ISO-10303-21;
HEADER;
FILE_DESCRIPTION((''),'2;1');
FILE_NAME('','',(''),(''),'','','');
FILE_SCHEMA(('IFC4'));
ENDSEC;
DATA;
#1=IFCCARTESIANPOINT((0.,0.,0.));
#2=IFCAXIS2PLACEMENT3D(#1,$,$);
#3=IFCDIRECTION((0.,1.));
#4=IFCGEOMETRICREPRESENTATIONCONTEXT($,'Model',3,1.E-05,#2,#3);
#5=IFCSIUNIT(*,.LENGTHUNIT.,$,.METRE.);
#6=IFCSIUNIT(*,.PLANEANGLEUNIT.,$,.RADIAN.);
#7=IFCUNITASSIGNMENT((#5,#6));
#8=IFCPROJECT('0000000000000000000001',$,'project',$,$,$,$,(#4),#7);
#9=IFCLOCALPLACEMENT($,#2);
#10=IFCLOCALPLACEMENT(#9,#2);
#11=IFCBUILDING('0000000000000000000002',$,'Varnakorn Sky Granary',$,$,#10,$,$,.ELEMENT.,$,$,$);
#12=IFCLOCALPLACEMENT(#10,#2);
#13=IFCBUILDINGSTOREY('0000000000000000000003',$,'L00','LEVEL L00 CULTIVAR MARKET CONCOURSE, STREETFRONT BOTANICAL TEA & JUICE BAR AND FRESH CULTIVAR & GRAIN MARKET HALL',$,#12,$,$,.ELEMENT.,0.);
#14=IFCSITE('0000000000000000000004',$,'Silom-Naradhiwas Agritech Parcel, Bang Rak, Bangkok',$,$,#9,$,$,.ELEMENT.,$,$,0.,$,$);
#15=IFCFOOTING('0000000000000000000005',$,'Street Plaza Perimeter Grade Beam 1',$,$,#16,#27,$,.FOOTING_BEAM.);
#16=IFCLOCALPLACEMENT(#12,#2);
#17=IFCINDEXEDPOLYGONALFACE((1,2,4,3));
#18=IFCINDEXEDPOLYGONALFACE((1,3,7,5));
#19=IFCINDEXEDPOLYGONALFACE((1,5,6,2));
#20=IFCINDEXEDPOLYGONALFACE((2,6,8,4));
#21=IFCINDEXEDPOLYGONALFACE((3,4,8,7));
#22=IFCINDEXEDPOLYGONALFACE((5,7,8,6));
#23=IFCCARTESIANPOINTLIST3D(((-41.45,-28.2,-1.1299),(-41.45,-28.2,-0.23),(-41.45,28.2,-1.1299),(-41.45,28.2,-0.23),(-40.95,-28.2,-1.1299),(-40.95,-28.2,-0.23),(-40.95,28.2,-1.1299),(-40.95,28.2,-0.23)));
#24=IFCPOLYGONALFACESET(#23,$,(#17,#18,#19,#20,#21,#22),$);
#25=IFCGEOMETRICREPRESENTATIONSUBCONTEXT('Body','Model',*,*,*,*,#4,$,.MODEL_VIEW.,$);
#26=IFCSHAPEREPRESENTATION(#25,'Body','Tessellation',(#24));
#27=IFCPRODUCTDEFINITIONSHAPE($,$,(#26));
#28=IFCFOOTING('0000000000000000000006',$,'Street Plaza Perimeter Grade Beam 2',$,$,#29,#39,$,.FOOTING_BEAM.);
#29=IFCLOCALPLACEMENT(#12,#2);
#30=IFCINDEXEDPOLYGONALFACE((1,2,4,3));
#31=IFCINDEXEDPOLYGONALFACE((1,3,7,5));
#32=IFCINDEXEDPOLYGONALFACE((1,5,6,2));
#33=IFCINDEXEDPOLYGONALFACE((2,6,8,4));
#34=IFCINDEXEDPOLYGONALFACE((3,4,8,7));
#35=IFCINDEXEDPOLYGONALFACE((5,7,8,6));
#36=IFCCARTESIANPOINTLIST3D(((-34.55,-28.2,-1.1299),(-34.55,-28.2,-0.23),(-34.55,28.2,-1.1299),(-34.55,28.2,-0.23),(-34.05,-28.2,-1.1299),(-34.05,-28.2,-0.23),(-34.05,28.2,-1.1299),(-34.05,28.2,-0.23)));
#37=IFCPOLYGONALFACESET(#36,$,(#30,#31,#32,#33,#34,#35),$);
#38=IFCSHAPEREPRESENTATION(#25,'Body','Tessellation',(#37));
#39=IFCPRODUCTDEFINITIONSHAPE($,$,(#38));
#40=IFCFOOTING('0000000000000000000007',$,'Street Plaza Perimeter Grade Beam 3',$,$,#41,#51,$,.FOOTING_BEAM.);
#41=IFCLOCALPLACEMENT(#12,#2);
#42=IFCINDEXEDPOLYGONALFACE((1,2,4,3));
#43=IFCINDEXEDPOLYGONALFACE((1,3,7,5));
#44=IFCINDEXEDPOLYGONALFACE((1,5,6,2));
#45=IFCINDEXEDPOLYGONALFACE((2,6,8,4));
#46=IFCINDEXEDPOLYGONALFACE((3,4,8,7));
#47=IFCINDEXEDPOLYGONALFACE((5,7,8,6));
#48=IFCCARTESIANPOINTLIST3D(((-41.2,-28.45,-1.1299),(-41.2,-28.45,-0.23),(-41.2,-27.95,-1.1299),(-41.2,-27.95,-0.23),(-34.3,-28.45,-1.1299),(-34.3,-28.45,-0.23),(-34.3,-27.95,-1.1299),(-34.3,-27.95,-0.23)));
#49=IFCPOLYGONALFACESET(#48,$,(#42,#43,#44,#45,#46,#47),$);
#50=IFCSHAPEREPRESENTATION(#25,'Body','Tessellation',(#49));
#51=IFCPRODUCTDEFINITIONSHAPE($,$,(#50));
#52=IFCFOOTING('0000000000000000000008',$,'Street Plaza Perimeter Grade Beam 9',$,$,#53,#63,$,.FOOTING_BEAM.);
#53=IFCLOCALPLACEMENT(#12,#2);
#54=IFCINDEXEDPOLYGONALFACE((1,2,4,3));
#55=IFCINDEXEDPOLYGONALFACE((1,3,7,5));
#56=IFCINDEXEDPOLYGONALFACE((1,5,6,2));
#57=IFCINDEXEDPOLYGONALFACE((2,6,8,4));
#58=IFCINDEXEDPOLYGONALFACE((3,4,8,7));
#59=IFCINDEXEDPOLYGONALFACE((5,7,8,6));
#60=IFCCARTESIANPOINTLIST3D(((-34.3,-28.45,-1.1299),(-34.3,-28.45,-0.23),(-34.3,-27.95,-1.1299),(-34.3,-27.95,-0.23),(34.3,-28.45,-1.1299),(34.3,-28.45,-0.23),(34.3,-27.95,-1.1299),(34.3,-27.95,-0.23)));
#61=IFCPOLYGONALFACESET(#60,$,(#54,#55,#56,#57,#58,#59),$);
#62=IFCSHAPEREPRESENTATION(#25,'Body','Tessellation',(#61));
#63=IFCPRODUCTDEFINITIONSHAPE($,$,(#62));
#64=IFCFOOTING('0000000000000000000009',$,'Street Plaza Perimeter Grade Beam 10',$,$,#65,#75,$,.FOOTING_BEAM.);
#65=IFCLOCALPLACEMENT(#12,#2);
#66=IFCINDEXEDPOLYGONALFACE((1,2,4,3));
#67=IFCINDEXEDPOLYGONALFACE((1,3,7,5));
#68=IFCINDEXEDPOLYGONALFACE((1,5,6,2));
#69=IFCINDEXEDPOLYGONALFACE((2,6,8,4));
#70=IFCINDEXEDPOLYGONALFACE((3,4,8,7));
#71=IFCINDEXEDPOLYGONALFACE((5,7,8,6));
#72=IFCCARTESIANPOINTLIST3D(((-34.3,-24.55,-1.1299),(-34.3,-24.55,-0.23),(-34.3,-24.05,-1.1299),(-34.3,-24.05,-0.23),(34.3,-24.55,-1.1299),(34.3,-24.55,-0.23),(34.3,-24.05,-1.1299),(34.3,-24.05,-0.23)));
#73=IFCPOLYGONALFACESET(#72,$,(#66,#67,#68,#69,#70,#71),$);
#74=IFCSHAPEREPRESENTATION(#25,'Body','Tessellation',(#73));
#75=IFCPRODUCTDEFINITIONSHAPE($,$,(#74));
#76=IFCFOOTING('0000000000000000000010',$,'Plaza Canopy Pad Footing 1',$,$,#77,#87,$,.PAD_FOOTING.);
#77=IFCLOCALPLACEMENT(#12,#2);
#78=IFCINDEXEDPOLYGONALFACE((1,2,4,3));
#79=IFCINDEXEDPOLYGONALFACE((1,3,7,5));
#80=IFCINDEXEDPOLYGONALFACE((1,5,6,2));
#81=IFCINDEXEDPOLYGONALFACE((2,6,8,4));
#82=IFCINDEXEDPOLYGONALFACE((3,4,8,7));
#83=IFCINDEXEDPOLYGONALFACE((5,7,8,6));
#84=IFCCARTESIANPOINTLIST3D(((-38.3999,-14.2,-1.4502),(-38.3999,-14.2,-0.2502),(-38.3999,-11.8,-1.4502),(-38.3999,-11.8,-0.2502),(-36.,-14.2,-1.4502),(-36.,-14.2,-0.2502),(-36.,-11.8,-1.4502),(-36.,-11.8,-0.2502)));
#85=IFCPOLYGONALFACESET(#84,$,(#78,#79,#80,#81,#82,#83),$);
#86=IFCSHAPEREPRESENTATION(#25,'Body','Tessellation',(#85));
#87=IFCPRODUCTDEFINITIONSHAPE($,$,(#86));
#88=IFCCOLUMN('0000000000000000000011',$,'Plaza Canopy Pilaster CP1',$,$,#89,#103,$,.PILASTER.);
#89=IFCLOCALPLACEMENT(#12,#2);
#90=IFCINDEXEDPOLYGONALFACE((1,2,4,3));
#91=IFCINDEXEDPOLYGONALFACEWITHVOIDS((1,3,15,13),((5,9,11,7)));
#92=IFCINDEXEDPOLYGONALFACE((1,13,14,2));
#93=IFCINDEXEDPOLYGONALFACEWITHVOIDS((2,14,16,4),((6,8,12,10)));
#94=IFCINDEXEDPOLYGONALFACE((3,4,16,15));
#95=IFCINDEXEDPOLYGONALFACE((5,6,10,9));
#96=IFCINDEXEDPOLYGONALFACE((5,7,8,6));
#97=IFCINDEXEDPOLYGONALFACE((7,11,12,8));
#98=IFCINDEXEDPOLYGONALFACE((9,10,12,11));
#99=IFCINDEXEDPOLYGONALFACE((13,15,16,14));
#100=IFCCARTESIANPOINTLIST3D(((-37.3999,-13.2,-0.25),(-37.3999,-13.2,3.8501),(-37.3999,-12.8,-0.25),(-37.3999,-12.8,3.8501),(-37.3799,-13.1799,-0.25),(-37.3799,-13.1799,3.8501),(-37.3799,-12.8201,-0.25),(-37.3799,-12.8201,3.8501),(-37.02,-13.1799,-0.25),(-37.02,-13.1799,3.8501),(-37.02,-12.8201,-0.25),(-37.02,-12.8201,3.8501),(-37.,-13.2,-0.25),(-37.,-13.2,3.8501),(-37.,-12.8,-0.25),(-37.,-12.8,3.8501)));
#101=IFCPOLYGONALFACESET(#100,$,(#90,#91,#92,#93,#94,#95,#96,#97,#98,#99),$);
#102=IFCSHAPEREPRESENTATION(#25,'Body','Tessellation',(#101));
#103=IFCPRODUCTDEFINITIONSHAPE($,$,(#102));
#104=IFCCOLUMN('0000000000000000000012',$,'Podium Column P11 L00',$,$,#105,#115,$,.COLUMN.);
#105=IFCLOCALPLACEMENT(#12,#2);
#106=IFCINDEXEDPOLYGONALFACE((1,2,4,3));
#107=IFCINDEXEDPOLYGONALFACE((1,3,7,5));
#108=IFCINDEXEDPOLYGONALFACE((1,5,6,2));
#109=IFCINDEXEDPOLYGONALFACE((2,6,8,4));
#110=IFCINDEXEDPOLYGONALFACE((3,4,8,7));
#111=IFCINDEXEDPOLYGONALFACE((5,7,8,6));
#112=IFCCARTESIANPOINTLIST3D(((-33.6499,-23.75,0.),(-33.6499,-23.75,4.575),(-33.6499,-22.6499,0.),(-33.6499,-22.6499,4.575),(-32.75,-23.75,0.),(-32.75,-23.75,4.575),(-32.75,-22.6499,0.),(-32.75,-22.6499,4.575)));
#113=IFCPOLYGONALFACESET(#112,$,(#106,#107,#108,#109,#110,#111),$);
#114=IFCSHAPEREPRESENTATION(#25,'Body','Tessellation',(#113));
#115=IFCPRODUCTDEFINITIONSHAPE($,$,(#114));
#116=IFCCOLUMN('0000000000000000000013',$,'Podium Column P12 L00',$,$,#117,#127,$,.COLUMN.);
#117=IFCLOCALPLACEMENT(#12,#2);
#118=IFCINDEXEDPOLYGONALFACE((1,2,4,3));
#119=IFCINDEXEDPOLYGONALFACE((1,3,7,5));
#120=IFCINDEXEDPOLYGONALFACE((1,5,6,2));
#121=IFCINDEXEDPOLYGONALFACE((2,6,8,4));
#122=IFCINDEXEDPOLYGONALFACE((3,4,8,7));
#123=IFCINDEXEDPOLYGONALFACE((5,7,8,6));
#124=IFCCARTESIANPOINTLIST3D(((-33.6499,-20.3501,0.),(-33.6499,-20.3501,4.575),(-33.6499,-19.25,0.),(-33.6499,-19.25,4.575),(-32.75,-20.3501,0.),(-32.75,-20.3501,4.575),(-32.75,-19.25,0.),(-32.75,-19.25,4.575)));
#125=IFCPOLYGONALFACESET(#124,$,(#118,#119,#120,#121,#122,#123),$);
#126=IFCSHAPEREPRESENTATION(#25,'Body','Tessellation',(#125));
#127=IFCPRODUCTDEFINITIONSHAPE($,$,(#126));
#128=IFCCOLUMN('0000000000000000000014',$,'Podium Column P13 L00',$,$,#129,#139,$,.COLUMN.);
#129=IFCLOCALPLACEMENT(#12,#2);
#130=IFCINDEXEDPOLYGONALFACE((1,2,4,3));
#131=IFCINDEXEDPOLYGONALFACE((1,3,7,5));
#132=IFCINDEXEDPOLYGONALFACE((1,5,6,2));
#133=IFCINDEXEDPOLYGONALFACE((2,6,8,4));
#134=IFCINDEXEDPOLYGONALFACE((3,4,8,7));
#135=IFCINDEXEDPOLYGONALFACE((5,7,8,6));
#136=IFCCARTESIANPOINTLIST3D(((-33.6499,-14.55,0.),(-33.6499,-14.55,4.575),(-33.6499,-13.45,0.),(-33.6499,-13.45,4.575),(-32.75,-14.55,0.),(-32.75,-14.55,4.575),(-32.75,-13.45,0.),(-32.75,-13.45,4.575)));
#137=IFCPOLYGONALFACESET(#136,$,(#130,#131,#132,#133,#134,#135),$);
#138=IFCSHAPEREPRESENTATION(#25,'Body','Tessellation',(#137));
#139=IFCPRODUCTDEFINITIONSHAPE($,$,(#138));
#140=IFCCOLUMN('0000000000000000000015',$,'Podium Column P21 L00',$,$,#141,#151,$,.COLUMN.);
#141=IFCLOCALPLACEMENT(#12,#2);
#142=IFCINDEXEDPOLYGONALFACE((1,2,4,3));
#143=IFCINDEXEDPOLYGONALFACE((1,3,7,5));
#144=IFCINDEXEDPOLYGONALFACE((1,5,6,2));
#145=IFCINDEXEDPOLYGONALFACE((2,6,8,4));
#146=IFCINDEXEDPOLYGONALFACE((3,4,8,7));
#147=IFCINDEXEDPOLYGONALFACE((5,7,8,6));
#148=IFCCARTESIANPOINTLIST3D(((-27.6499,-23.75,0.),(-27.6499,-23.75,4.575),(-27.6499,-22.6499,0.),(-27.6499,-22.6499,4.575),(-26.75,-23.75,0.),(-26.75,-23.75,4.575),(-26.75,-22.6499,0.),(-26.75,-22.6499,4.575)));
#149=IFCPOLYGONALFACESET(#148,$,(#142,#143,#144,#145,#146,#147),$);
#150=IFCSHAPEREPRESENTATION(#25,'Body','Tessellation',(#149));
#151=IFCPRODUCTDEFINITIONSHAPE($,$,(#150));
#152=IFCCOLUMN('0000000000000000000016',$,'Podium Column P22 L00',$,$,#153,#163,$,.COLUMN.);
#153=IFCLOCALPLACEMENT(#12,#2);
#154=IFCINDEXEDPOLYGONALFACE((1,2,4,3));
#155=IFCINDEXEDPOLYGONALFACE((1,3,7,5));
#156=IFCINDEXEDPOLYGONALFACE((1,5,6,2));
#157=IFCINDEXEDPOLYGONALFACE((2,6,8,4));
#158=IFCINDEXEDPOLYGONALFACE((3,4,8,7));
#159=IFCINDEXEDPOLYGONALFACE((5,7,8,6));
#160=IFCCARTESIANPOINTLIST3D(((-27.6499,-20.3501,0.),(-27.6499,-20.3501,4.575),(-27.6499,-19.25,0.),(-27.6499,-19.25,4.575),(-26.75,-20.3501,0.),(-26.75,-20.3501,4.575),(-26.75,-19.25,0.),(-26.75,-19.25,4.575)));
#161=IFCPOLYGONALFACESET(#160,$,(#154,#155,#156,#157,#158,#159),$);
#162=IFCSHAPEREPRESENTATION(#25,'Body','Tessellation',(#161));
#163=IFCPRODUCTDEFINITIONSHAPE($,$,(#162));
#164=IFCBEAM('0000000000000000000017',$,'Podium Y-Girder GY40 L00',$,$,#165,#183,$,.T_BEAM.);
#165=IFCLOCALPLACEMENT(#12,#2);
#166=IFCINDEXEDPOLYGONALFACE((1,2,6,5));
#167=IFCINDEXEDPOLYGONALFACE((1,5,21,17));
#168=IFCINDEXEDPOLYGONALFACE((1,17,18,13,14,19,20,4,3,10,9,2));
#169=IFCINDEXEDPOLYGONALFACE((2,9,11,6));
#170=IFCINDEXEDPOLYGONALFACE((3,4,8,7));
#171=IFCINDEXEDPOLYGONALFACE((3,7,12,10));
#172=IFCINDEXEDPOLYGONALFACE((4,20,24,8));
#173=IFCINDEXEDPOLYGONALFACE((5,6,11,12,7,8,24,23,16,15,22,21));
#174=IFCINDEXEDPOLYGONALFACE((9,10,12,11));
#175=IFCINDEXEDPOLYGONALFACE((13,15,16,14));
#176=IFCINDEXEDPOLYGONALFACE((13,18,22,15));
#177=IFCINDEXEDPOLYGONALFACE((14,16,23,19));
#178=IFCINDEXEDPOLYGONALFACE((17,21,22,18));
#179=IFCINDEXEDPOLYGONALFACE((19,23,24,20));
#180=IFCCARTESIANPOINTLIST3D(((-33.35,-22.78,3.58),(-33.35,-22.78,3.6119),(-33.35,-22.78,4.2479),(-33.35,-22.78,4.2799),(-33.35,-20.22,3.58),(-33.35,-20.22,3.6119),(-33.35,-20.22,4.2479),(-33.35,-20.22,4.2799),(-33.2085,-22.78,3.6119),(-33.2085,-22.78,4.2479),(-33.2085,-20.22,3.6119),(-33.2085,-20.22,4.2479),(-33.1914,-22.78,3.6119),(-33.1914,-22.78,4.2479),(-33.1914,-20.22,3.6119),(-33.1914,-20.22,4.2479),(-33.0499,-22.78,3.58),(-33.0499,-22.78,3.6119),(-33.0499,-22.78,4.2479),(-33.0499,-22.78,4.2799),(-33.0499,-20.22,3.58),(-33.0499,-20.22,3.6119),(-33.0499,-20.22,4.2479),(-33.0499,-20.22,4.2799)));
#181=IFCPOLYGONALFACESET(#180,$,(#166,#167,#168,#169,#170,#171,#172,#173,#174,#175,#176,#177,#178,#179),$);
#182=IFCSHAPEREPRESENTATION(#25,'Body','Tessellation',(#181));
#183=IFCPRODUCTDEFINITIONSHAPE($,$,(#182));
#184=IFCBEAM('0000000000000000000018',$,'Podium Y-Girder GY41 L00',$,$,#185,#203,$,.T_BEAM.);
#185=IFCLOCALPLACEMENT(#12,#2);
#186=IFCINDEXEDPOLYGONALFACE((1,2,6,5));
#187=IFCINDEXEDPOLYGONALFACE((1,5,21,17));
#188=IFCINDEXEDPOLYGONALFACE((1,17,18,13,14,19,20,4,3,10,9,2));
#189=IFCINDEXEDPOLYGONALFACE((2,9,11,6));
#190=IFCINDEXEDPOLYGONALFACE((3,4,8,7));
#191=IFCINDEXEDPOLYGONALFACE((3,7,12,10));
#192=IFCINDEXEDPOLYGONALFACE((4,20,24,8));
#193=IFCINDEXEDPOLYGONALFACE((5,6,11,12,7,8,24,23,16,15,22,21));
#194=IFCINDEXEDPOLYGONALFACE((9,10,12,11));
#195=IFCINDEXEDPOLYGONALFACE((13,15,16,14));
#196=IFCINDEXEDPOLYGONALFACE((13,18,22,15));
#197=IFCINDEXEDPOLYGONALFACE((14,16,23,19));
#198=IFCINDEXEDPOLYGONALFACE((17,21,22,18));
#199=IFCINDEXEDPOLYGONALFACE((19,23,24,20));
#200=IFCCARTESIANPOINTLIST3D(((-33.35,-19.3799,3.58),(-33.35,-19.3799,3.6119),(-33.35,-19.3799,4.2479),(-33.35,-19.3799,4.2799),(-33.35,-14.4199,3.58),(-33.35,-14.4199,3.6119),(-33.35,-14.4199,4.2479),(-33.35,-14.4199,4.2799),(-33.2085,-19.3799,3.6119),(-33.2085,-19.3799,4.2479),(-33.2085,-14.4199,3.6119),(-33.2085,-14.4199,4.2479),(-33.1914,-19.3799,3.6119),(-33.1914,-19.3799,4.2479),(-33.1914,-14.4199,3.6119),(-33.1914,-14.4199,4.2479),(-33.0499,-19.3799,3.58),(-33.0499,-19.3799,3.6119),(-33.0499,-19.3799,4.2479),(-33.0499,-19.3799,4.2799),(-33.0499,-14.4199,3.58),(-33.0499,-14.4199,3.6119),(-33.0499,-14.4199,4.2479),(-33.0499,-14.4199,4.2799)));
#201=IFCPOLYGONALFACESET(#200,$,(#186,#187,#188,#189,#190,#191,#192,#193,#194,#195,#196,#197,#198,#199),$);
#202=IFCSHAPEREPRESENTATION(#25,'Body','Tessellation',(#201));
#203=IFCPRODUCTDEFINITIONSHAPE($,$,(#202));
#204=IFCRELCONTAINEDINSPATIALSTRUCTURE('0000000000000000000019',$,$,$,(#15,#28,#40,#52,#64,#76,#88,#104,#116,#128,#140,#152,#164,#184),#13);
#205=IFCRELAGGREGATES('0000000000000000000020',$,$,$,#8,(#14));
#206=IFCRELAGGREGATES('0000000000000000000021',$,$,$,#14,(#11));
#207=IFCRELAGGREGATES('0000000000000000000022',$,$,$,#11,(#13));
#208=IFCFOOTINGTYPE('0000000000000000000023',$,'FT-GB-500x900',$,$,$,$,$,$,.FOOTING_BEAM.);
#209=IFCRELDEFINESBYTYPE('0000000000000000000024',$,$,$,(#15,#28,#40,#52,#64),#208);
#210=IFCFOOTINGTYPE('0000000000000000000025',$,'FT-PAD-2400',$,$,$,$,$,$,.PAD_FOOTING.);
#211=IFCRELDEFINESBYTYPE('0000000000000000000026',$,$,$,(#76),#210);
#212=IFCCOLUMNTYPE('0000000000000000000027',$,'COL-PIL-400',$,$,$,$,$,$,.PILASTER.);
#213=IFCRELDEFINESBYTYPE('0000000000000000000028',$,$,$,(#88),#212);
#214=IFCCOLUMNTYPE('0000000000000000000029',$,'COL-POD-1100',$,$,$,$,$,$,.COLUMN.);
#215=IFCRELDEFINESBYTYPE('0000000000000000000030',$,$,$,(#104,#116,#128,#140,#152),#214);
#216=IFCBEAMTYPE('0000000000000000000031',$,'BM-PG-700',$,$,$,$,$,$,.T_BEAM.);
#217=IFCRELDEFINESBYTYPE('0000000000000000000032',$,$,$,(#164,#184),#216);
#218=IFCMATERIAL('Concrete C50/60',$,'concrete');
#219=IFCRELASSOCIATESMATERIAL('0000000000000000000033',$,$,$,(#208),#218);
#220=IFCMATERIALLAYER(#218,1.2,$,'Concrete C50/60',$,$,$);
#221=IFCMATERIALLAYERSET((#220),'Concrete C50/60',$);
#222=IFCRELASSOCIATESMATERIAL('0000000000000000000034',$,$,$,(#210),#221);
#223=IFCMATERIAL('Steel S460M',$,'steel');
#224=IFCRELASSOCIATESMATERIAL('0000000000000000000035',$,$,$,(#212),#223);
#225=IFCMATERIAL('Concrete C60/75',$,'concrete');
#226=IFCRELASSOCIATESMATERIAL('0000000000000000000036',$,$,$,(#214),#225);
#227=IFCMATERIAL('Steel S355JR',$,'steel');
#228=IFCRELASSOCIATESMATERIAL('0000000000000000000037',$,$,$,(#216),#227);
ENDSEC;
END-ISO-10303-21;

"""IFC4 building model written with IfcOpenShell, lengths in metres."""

from ifc_helpers import new_model, si_unit, direction, frame, origin, origin_2d, place, context, subcontext, project, spatial, rectangle, hollow_rectangle, i_section, extrude, material, layer, layer_set, material_profile, profile_set, type_object, element, save


model = new_model("IFC4")

# Units and contexts
model_context = context("Model", 3, precision=1e-05, world=origin(), true_north=direction((0.0, 1.0)))
body_context = subcontext(model_context, "Body", "Model", "MODEL_VIEW")
ifc_project = project(units=[si_unit("LENGTHUNIT", "METRE"), si_unit("PLANEANGLEUNIT", "RADIAN")], contexts=[model_context])

# Site, building, storey
site_placement = place(None, origin())
site = spatial("IfcSite", under=ifc_project, at=site_placement, Name="Silom-Naradhiwas Agritech Parcel, Bang Rak, Bangkok", CompositionType="ELEMENT", RefElevation=0.0)
building_placement = place(site_placement, origin())
building = spatial("IfcBuilding", under=site, at=building_placement, Name="Varnakorn Sky Granary", CompositionType="ELEMENT")
storey_placement = place(building_placement, origin())
storey = spatial("IfcBuildingStorey", under=building, at=storey_placement, Name="L00", Description="LEVEL L00 CULTIVAR MARKET CONCOURSE, STREETFRONT BOTANICAL TEA & JUICE BAR AND FRESH CULTIVAR & GRAIN MARKET HALL", CompositionType="ELEMENT", Elevation=0.0)

# Footings
ifc_material_1 = material(Name="Concrete C50/60", Category="concrete")
ifc_material_profile_1 = material_profile(ifc_material_1, rectangle(XDim=0.5, YDim=0.8999, at=origin_2d()), Name="RC 500x900")
ifc_profile_set_1 = profile_set([ifc_material_profile_1], Name="Concrete C50/60")
footing_type_1 = type_object("IfcFootingType", Name="FT-GB-500x900", PredefinedType="FOOTING_BEAM", material=ifc_profile_set_1)
for number, where, z_axis, x_axis, name in (
    (1, (-41.2, -28.2, -0.6799), (0.0, 1.0, 0.0), (-1.0, 0.0, 0.0), "Street Plaza Perimeter Grade Beam 1"),
    (2, (-34.3, -28.2, -0.6799), (0.0, 1.0, 0.0), (-1.0, 0.0, 0.0), "Street Plaza Perimeter Grade Beam 2"),
):
    element("IfcFooting", number, at=place(storey_placement, frame(where, z_axis=z_axis, x_axis=x_axis)), inside=storey, type_object=footing_type_1, Name=name, PredefinedType="FOOTING_BEAM", context=body_context, shape_type="SweptSolid", body=[
        extrude(rectangle(XDim=0.5, YDim=0.8999, at=origin_2d()), origin(), (0.0, 0.0, 1.0), 56.3999),
    ])
footing_1_placement = place(storey_placement, frame((-41.2, -28.2, -0.6799), z_axis=(1.0, 0.0, 0.0), x_axis=(0.0, 1.0, 0.0)))
element("IfcFooting", 3, at=footing_1_placement, inside=storey, type_object=footing_type_1, Name="Street Plaza Perimeter Grade Beam 3", PredefinedType="FOOTING_BEAM", context=body_context, shape_type="SweptSolid", body=[
    extrude(rectangle(XDim=0.5, YDim=0.8999, at=origin_2d()), origin(), (0.0, 0.0, 1.0), 6.8999),
])
for number, where, z_axis, x_axis, name in (
    (4, (-34.3, -28.2, -0.6799), (1.0, 0.0, 0.0), (0.0, 1.0, 0.0), "Street Plaza Perimeter Grade Beam 9"),
    (5, (-34.3, -24.3, -0.6799), (1.0, 0.0, 0.0), (0.0, 1.0, 0.0), "Street Plaza Perimeter Grade Beam 10"),
):
    element("IfcFooting", number, at=place(storey_placement, frame(where, z_axis=z_axis, x_axis=x_axis)), inside=storey, type_object=footing_type_1, Name=name, PredefinedType="FOOTING_BEAM", context=body_context, shape_type="SweptSolid", body=[
        extrude(rectangle(XDim=0.5, YDim=0.8999, at=origin_2d()), origin(), (0.0, 0.0, 1.0), 68.6001),
    ])
ifc_layer_1 = layer(ifc_material_1, 1.2, Name="Concrete C50/60")
ifc_layer_set_1 = layer_set([ifc_layer_1], Name="Concrete C50/60")
footing_type_2 = type_object("IfcFootingType", Name="FT-PAD-2400", PredefinedType="PAD_FOOTING", material=ifc_layer_set_1)
footing_2_placement = place(storey_placement, frame((-37.2, -13.0, -1.4502), z_axis=(0.0, 0.0, 1.0), x_axis=(1.0, 0.0, 0.0)))
element("IfcFooting", 6, at=footing_2_placement, inside=storey, type_object=footing_type_2, Name="Plaza Canopy Pad Footing 1", PredefinedType="PAD_FOOTING", context=body_context, shape_type="SweptSolid", body=[
    extrude(rectangle(XDim=2.3999, YDim=2.3999, at=origin_2d()), origin(), (0.0, 0.0, 1.0), 1.2),
])

# Columns
ifc_material_2 = material(Name="Steel S460M", Category="steel")
ifc_material_profile_2 = material_profile(ifc_material_2, hollow_rectangle(XDim=0.3999, YDim=0.3999, WallThickness=0.02, at=origin_2d()), Name="SHS 400x400x20")
ifc_profile_set_2 = profile_set([ifc_material_profile_2], Name="Steel S460M")
column_type_1 = type_object("IfcColumnType", Name="COL-PIL-400", PredefinedType="PILASTER", material=ifc_profile_set_2)
column_placement = place(storey_placement, frame((-37.2, -13.0, -0.25), z_axis=(0.0, 0.0, 1.0), x_axis=(1.0, 0.0, 0.0)))
element("IfcColumn", 7, at=column_placement, inside=storey, type_object=column_type_1, Name="Plaza Canopy Pilaster CP1", PredefinedType="PILASTER", context=body_context, shape_type="SweptSolid", body=[
    extrude(hollow_rectangle(XDim=0.3999, YDim=0.3999, WallThickness=0.02, at=origin_2d()), origin(), (0.0, 0.0, 1.0), 4.1001),
])
ifc_material_3 = material(Name="Concrete C60/75", Category="concrete")
ifc_material_profile_3 = material_profile(ifc_material_3, rectangle(XDim=0.8999, YDim=1.1001, at=origin_2d()), Name="RC 900x1100")
ifc_profile_set_3 = profile_set([ifc_material_profile_3], Name="Concrete C60/75")
column_type_2 = type_object("IfcColumnType", Name="COL-POD-1100", PredefinedType="COLUMN", material=ifc_profile_set_3)
for number, where, z_axis, x_axis, name in (
    (8, (-33.2, -23.2, 0.0), (0.0, 0.0, 1.0), (1.0, 0.0, 0.0), "Podium Column P11 L00"),
    (9, (-33.2, -19.8, 0.0), (0.0, 0.0, 1.0), (1.0, 0.0, 0.0), "Podium Column P12 L00"),
    (10, (-33.2, -14.0, 0.0), (0.0, 0.0, 1.0), (1.0, 0.0, 0.0), "Podium Column P13 L00"),
    (11, (-27.2, -23.2, 0.0), (0.0, 0.0, 1.0), (1.0, 0.0, 0.0), "Podium Column P21 L00"),
    (12, (-27.2, -19.8, 0.0), (0.0, 0.0, 1.0), (1.0, 0.0, 0.0), "Podium Column P22 L00"),
):
    element("IfcColumn", number, at=place(storey_placement, frame(where, z_axis=z_axis, x_axis=x_axis)), inside=storey, type_object=column_type_2, Name=name, PredefinedType="COLUMN", context=body_context, shape_type="SweptSolid", body=[
        extrude(rectangle(XDim=0.8999, YDim=1.1001, at=origin_2d()), origin(), (0.0, 0.0, 1.0), 4.575),
    ])

# Beams
ifc_material_4 = material(Name="Steel S355JR", Category="steel")
ifc_material_profile_4 = material_profile(ifc_material_4, i_section(OverallWidth=0.3, OverallDepth=0.7, WebThickness=0.0171, FlangeThickness=0.032, at=origin_2d()), Name="HE 700 B")
ifc_profile_set_4 = profile_set([ifc_material_profile_4], Name="Steel S355JR")
beam_type_1 = type_object("IfcBeamType", Name="BM-PG-700", PredefinedType="T_BEAM", material=ifc_profile_set_4)
beam_1_placement = place(storey_placement, frame((-33.2, -22.78, 3.9299), z_axis=(0.0, 1.0, 0.0), x_axis=(-1.0, 0.0, 0.0)))
element("IfcBeam", 13, at=beam_1_placement, inside=storey, type_object=beam_type_1, Name="Podium Y-Girder GY40 L00", PredefinedType="T_BEAM", context=body_context, shape_type="SweptSolid", body=[
    extrude(i_section(OverallWidth=0.3, OverallDepth=0.7, WebThickness=0.0171, FlangeThickness=0.032, at=origin_2d()), origin(), (0.0, 0.0, 1.0), 2.5601),
])
beam_2_placement = place(storey_placement, frame((-33.2, -19.3799, 3.9299), z_axis=(0.0, 1.0, 0.0), x_axis=(-1.0, 0.0, 0.0)))
element("IfcBeam", 14, at=beam_2_placement, inside=storey, type_object=beam_type_1, Name="Podium Y-Girder GY41 L00", PredefinedType="T_BEAM", context=body_context, shape_type="SweptSolid", body=[
    extrude(i_section(OverallWidth=0.3, OverallDepth=0.7, WebThickness=0.0171, FlangeThickness=0.032, at=origin_2d()), origin(), (0.0, 0.0, 1.0), 4.96),
])

save(model, "model.ifc")
